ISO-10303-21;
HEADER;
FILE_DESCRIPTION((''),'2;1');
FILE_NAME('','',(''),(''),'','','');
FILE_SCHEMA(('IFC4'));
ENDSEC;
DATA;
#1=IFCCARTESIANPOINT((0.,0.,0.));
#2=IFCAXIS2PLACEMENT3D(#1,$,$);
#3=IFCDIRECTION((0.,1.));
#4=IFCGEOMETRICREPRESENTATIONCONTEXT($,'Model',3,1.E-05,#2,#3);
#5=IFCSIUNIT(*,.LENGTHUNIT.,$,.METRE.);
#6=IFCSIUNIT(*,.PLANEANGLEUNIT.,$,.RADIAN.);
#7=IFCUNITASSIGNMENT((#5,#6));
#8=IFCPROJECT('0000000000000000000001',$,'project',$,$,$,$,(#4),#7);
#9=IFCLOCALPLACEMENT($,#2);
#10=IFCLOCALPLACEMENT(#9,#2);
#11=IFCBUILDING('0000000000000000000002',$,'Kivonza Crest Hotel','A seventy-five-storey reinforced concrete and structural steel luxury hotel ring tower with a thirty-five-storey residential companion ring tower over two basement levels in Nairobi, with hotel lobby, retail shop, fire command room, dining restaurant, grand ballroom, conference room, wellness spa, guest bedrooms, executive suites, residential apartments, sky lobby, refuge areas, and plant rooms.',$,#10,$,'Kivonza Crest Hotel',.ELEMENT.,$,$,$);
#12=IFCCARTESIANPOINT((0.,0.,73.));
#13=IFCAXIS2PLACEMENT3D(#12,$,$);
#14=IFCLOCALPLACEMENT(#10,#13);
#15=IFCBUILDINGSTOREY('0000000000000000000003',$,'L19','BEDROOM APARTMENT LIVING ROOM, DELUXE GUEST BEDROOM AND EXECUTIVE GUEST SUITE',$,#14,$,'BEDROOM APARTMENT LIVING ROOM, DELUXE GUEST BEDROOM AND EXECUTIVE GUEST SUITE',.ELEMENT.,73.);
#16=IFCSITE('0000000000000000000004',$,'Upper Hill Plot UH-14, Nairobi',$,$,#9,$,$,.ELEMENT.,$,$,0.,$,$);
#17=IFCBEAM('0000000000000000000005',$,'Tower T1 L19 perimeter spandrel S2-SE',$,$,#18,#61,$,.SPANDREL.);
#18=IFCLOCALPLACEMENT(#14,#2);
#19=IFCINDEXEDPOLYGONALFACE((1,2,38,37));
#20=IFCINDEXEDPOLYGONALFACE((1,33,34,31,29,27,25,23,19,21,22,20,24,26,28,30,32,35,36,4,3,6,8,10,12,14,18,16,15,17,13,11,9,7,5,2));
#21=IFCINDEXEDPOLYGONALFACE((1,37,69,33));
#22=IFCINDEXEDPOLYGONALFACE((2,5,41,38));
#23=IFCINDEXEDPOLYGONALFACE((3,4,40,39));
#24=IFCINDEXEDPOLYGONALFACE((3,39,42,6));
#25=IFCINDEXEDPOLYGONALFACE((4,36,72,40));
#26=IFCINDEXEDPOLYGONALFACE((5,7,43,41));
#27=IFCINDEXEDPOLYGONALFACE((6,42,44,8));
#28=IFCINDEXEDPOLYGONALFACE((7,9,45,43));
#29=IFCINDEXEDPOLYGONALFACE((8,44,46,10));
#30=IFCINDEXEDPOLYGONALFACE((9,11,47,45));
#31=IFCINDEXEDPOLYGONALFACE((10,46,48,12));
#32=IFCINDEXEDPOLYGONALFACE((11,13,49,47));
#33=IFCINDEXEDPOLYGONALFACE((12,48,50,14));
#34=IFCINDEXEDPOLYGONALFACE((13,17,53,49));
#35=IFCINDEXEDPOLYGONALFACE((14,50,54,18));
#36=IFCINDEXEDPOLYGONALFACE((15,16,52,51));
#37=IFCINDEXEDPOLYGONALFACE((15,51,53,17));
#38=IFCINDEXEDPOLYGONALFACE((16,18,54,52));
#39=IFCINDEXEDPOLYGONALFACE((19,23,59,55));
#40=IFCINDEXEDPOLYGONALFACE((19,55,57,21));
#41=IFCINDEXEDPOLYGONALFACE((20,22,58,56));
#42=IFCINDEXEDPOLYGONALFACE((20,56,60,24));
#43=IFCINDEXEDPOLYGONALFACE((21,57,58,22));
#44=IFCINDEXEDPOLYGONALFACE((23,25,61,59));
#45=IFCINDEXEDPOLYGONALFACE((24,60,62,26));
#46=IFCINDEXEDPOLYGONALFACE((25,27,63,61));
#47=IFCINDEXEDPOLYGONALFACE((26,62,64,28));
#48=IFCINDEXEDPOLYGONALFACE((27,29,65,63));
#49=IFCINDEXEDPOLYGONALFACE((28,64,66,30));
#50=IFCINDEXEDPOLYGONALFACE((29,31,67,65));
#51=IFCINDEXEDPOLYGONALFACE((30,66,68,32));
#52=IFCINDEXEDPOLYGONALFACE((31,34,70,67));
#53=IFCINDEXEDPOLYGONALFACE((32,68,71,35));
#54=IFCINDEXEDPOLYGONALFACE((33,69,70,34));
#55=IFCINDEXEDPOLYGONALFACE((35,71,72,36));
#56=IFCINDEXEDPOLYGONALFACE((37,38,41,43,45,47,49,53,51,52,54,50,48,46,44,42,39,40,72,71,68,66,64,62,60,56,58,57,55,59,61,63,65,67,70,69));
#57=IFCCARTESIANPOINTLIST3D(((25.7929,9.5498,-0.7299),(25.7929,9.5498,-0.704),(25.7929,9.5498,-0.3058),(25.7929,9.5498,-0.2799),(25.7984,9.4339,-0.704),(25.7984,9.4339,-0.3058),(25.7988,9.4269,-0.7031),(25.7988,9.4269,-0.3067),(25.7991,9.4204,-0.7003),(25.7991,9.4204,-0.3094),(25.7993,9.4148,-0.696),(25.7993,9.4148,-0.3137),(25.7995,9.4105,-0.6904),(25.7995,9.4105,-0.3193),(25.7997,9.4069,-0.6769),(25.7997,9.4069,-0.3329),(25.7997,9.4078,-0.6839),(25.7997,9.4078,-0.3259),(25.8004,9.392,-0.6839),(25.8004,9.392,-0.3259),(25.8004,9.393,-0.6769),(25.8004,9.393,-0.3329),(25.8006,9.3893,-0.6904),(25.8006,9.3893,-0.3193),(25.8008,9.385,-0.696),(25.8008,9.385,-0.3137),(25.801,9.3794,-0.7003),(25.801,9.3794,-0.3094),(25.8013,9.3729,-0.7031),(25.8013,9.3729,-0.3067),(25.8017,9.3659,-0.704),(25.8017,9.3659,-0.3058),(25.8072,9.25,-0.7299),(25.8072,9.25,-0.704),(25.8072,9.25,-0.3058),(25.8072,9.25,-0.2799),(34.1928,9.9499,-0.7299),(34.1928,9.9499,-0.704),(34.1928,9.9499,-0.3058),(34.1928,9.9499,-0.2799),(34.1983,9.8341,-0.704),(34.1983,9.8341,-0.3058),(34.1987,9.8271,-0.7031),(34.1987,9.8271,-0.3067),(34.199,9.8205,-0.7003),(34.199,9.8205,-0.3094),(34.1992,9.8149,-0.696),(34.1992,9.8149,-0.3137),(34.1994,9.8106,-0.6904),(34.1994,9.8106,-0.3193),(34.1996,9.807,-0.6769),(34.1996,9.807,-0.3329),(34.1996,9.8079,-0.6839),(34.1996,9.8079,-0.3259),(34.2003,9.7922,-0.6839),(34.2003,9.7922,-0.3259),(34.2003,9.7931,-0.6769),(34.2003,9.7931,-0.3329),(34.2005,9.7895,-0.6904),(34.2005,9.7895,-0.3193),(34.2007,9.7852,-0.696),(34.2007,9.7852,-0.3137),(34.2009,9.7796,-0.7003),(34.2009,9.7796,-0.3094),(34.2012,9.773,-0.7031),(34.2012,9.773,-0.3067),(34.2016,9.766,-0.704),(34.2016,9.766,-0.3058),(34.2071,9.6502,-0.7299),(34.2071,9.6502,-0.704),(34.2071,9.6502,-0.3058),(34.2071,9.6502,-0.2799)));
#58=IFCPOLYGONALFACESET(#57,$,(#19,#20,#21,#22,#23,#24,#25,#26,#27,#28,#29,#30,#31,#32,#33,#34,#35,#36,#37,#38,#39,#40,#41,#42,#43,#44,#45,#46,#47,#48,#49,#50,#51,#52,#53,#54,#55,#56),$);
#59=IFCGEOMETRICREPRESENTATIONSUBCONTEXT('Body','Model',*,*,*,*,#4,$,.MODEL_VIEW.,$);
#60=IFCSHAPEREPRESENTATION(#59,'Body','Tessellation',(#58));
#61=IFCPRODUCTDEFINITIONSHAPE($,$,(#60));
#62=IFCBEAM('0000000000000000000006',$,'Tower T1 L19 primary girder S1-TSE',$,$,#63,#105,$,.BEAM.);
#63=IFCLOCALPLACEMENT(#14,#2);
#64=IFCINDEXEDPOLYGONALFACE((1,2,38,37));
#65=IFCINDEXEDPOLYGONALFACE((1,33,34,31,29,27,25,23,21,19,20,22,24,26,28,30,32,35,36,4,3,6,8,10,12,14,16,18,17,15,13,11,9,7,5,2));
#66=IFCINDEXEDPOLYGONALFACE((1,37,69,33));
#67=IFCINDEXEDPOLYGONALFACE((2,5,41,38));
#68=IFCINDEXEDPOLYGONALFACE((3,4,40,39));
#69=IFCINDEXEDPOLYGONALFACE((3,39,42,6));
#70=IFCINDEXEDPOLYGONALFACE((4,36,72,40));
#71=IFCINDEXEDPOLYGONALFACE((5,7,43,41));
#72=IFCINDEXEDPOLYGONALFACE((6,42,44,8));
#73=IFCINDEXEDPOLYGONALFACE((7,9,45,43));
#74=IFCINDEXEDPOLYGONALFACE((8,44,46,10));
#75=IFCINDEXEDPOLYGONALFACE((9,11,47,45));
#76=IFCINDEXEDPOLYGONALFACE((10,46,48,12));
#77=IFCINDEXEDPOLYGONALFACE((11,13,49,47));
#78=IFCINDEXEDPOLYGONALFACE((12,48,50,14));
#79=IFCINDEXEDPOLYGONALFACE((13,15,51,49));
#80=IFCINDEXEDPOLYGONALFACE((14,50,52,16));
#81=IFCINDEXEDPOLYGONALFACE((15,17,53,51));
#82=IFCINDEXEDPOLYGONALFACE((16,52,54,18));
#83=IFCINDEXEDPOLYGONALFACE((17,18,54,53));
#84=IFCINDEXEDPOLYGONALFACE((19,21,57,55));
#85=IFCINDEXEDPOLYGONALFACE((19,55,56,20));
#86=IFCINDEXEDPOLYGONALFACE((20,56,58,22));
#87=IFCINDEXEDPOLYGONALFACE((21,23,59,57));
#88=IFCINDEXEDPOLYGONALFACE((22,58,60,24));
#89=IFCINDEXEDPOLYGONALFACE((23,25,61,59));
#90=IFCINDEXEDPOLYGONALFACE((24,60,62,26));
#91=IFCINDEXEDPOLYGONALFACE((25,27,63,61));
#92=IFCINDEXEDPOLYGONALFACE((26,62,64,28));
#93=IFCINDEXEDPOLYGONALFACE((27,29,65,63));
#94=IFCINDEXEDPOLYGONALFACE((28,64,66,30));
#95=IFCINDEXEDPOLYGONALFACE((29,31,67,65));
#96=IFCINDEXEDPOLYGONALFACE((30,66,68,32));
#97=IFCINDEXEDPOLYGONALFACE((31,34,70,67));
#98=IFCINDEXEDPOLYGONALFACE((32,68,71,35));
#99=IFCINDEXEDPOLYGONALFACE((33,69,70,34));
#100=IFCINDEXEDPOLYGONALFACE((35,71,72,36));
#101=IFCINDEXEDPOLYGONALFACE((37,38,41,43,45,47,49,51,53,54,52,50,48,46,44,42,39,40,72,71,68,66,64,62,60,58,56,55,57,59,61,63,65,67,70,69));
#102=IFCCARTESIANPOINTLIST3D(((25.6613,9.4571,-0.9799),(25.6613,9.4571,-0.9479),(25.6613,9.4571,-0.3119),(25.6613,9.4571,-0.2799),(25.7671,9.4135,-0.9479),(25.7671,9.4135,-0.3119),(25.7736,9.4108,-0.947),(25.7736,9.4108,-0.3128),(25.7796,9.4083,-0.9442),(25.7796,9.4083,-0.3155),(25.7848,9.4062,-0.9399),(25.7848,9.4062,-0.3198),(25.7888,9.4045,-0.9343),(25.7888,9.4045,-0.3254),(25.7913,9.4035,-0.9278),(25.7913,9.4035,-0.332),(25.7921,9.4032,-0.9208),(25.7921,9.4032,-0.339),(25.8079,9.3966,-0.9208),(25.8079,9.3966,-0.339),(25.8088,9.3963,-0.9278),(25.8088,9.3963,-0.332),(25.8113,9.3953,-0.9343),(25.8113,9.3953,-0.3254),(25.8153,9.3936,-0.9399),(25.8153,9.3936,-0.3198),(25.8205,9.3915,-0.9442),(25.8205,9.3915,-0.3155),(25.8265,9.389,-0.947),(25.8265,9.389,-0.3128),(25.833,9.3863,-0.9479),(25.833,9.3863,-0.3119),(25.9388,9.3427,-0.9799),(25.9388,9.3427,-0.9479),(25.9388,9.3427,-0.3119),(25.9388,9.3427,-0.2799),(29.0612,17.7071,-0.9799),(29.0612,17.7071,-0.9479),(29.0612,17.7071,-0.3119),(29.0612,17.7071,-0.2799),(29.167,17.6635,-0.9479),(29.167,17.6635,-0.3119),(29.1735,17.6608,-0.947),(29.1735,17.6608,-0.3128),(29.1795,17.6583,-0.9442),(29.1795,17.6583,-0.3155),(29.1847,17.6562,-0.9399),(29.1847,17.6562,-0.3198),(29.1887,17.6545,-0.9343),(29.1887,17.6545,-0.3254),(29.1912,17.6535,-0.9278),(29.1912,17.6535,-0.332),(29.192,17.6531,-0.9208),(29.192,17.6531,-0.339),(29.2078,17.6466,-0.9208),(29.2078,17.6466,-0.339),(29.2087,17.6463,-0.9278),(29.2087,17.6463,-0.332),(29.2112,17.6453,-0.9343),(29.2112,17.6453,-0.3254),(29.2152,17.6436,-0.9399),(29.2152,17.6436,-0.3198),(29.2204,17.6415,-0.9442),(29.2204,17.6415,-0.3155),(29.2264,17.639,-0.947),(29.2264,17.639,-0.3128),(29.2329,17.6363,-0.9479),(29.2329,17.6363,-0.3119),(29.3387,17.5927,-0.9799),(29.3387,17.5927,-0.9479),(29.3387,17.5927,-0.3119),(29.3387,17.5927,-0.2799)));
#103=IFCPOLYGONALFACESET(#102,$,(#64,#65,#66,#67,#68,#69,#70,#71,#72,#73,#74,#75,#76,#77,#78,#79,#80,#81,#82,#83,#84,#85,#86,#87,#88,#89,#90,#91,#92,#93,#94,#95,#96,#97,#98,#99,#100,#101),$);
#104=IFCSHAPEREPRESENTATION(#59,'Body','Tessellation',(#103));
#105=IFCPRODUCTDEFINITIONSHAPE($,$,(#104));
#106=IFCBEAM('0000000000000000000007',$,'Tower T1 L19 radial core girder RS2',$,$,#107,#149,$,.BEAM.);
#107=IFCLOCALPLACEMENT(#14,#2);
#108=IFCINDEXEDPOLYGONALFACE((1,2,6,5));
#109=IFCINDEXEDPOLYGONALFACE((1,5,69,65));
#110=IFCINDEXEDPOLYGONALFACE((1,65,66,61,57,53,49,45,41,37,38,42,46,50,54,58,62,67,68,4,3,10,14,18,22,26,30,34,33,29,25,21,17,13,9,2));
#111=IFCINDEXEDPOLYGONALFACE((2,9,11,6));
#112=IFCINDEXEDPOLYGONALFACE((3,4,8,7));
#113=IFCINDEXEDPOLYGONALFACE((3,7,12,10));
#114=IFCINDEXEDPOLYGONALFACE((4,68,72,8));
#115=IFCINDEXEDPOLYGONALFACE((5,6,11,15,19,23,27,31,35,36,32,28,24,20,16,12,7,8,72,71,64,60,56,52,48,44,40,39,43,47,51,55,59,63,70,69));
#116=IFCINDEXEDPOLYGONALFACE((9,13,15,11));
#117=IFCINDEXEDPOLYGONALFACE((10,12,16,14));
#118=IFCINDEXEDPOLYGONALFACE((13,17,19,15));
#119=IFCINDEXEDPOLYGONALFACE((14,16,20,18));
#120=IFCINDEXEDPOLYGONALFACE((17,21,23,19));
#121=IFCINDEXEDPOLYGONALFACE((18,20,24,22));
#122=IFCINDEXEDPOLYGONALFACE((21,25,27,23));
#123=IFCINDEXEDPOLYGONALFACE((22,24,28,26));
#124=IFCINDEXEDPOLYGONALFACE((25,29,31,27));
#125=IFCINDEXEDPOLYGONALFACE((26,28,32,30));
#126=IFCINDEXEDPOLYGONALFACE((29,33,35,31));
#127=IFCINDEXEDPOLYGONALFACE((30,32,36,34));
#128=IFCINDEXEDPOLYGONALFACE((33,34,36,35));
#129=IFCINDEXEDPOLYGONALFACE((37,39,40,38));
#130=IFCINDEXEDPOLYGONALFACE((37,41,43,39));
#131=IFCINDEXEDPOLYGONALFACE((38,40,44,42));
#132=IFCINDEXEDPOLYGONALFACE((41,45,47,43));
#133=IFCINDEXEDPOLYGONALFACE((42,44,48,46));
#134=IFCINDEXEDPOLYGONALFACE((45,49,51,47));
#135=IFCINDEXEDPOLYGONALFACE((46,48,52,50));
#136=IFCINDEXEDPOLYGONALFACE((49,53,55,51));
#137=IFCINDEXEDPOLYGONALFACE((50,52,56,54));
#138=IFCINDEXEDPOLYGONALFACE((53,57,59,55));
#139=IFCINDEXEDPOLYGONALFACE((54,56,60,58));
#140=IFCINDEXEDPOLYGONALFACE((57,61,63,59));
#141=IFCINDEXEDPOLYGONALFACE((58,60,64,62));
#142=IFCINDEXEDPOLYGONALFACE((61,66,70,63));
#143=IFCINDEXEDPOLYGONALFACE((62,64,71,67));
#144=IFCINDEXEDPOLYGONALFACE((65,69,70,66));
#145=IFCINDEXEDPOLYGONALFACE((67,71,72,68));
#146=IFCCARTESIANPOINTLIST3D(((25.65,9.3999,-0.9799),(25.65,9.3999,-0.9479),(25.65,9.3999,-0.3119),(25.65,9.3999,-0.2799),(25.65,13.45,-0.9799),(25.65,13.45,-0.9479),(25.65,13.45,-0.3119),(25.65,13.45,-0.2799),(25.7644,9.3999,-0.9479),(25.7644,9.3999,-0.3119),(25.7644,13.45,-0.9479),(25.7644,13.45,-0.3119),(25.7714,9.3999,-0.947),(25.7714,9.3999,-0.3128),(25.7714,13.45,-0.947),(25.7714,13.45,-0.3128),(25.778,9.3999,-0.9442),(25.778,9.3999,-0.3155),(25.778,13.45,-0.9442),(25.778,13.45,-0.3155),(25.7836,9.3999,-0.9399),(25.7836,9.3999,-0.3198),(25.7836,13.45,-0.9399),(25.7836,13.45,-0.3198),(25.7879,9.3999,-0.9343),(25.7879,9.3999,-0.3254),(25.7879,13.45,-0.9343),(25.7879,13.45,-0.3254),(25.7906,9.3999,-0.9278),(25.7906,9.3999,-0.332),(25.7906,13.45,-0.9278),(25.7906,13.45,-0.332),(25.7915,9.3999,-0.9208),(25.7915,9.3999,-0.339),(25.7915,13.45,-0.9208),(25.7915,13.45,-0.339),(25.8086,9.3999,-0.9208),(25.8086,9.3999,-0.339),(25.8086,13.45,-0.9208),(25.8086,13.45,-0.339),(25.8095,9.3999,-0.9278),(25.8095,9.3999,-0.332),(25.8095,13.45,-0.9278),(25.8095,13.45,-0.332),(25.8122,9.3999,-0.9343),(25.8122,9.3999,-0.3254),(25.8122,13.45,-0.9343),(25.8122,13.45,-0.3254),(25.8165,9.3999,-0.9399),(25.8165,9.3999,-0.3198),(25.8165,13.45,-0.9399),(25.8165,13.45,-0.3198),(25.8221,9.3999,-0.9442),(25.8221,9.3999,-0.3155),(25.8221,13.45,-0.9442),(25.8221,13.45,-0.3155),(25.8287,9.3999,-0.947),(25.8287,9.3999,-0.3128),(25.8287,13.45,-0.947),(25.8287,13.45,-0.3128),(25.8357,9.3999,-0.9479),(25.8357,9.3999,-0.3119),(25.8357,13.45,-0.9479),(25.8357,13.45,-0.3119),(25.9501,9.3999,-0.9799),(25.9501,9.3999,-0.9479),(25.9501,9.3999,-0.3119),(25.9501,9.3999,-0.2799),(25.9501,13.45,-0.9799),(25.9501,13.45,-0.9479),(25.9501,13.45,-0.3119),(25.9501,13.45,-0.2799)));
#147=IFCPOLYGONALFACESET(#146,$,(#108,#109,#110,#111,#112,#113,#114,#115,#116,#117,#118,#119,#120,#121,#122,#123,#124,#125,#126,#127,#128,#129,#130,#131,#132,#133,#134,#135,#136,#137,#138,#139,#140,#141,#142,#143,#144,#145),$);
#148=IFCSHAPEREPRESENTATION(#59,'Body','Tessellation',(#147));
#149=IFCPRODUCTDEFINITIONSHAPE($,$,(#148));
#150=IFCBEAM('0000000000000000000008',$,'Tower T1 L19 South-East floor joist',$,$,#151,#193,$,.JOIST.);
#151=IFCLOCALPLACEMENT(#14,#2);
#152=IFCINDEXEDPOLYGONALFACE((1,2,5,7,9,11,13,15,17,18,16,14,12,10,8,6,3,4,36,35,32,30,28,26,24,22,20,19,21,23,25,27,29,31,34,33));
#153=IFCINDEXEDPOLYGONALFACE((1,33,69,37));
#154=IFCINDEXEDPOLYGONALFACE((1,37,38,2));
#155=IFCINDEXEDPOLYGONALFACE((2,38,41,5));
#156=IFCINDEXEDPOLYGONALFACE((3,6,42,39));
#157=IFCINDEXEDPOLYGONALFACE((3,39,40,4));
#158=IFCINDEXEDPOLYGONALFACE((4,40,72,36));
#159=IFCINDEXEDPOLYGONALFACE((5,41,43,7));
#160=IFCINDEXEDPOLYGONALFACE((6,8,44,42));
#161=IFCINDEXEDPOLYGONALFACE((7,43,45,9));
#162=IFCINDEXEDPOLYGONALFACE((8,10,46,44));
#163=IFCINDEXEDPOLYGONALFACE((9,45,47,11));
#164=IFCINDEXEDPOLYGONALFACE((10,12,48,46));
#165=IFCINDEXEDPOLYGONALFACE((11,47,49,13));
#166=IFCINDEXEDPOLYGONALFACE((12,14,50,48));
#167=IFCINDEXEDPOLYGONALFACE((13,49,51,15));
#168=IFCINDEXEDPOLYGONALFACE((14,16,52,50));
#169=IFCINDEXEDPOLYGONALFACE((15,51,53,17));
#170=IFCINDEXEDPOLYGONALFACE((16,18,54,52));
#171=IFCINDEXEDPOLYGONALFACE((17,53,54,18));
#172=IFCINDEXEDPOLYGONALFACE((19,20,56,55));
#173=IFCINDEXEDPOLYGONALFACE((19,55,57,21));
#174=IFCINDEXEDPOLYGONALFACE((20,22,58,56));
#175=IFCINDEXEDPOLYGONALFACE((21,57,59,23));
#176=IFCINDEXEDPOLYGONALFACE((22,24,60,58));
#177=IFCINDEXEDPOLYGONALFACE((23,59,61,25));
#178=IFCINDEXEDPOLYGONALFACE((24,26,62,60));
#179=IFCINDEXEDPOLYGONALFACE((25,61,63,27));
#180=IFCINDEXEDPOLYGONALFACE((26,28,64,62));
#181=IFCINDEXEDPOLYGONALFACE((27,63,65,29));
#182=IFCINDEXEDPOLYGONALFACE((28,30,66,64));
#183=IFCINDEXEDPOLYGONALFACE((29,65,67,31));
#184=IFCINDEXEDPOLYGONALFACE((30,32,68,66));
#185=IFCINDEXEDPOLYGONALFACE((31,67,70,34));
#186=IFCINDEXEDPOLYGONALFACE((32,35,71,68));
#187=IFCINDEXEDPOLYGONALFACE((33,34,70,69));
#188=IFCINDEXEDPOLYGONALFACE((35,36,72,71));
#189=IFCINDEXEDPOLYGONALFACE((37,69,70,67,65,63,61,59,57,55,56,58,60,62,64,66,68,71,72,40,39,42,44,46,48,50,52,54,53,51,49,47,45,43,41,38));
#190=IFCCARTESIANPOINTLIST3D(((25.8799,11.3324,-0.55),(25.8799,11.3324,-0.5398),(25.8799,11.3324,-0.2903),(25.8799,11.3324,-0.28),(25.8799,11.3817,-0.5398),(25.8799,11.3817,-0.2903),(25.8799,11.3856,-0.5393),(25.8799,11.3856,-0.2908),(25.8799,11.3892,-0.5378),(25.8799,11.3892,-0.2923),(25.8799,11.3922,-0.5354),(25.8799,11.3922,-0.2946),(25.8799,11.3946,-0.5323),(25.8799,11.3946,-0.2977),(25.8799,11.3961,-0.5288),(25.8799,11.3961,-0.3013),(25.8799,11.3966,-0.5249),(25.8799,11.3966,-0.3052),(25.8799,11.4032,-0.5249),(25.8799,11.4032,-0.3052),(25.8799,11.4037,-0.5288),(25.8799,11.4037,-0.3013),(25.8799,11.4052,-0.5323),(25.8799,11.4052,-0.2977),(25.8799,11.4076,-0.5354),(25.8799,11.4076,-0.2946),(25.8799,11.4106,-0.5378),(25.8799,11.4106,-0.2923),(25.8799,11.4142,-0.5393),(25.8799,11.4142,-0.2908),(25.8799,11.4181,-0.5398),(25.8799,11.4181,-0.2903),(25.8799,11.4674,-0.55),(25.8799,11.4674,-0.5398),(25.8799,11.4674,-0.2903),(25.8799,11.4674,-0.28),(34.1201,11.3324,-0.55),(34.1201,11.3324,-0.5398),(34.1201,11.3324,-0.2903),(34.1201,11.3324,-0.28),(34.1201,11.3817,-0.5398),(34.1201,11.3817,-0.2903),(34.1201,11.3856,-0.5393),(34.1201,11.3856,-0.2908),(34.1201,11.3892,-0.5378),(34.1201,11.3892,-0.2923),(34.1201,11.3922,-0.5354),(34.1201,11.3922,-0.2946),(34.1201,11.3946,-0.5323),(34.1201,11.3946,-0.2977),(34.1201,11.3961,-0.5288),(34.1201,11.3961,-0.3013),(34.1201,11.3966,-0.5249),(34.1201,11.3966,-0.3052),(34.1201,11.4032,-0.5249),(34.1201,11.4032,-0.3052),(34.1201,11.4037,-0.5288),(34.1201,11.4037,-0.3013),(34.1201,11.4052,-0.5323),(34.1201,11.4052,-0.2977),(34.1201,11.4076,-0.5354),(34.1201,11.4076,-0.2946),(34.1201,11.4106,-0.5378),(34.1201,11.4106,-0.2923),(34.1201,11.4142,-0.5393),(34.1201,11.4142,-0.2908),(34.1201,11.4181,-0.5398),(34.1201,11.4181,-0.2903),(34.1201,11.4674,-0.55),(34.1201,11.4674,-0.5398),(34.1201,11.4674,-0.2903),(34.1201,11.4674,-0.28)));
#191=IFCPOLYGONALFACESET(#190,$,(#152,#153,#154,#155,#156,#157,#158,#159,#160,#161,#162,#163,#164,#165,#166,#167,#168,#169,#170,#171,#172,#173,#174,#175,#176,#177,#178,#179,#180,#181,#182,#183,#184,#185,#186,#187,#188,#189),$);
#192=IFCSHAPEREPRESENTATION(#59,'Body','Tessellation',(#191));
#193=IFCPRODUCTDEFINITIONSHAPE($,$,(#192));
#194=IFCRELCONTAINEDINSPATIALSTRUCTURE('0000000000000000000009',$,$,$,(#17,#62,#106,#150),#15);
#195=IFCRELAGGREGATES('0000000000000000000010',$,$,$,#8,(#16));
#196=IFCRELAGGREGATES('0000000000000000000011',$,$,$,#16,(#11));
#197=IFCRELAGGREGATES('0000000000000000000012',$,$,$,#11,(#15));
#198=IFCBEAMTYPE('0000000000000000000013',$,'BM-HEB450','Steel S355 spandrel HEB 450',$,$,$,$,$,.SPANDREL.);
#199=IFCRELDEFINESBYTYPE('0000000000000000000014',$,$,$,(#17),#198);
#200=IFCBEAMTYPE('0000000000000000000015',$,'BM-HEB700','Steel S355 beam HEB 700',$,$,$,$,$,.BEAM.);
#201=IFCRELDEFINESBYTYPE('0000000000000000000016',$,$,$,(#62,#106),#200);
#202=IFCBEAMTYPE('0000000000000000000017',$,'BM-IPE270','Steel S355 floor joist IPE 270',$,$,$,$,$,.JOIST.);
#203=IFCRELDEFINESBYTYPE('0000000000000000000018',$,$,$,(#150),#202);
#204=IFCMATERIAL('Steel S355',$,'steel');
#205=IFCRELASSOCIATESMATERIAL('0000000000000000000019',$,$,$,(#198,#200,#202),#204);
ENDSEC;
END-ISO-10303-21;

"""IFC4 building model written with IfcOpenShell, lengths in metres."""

from ifc_helpers import new_model, si_unit, direction, frame, origin, origin_2d, place, context, subcontext, project, spatial, i_section, extrude, material, material_profile, profile_set, type_object, element, save


model = new_model("IFC4")

# Units and contexts
model_context = context("Model", 3, precision=1e-05, world=origin(), true_north=direction((0.0, 1.0)))
body_context = subcontext(model_context, "Body", "Model", "MODEL_VIEW")
ifc_project = project(units=[si_unit("LENGTHUNIT", "METRE"), si_unit("PLANEANGLEUNIT", "RADIAN")], contexts=[model_context])

# Site, building, storey
site_placement = place(None, origin())
site = spatial("IfcSite", under=ifc_project, at=site_placement, Name="Upper Hill Plot UH-14, Nairobi", CompositionType="ELEMENT", RefElevation=0.0)
building_placement = place(site_placement, origin())
building = spatial("IfcBuilding", under=site, at=building_placement, Name="Kivonza Crest Hotel", Description="A seventy-five-storey reinforced concrete and structural steel luxury hotel ring tower with a thirty-five-storey residential companion ring tower over two basement levels in Nairobi, with hotel lobby, retail shop, fire command room, dining restaurant, grand ballroom, conference room, wellness spa, guest bedrooms, executive suites, residential apartments, sky lobby, refuge areas, and plant rooms.", LongName="Kivonza Crest Hotel", CompositionType="ELEMENT")
storey_placement = place(building_placement, frame((0.0, 0.0, 73.0)))
storey = spatial("IfcBuildingStorey", under=building, at=storey_placement, Name="L19", Description="BEDROOM APARTMENT LIVING ROOM, DELUXE GUEST BEDROOM AND EXECUTIVE GUEST SUITE", LongName="BEDROOM APARTMENT LIVING ROOM, DELUXE GUEST BEDROOM AND EXECUTIVE GUEST SUITE", CompositionType="ELEMENT", Elevation=73.0)

# Beams
ifc_material_1 = material(Name="Steel S355", Category="steel")
ifc_material_profile_1 = material_profile(ifc_material_1, i_section(OverallWidth=0.3, OverallDepth=0.45, WebThickness=0.0139, FlangeThickness=0.0259, FilletRadius=0.0271, at=origin_2d()), Name="HEB 450")
ifc_profile_set_1 = profile_set([ifc_material_profile_1], Name="Steel S355")
beam_type_1 = type_object("IfcBeamType", Name="BM-HEB450", Description="Steel S355 spandrel HEB 450", PredefinedType="SPANDREL", material=ifc_profile_set_1)
beam_1_placement = place(storey_placement, frame((25.8, 9.3999, -0.5049), z_axis=(0.998867, 0.047583, 0.0), x_axis=(-0.047583, 0.998867, 0.0)))
element("IfcBeam", 1, at=beam_1_placement, inside=storey, type_object=beam_type_1, Name="Tower T1 L19 perimeter spandrel S2-SE", PredefinedType="SPANDREL", context=body_context, shape_type="SweptSolid", body=[
    extrude(i_section(OverallWidth=0.3, OverallDepth=0.45, WebThickness=0.0139, FlangeThickness=0.0259, FilletRadius=0.0271, at=origin_2d()), origin(), (0.0, 0.0, 1.0), 8.4094),
])
ifc_material_profile_2 = material_profile(ifc_material_1, i_section(OverallWidth=0.3, OverallDepth=0.7, WebThickness=0.0171, FlangeThickness=0.032, FilletRadius=0.0271, at=origin_2d()), Name="HEB 700")
ifc_profile_set_2 = profile_set([ifc_material_profile_2], Name="Steel S355")
beam_type_2 = type_object("IfcBeamType", Name="BM-HEB700", Description="Steel S355 beam HEB 700", PredefinedType="BEAM", material=ifc_profile_set_2)
beam_2_placement = place(storey_placement, frame((25.8, 9.3999, -0.6299), z_axis=(0.381022, 0.924566, 0.0), x_axis=(-0.924566, 0.381022, 0.0)))
element("IfcBeam", 2, at=beam_2_placement, inside=storey, type_object=beam_type_2, Name="Tower T1 L19 primary girder S1-TSE", PredefinedType="BEAM", context=body_context, shape_type="SweptSolid", body=[
    extrude(i_section(OverallWidth=0.3, OverallDepth=0.7, WebThickness=0.0171, FlangeThickness=0.032, FilletRadius=0.0271, at=origin_2d()), origin(), (0.0, 0.0, 1.0), 8.9231),
])
beam_3_placement = place(storey_placement, frame((25.8, 9.3999, -0.6299), z_axis=(0.0, 1.0, 0.0), x_axis=(-1.0, 0.0, 0.0)))
element("IfcBeam", 3, at=beam_3_placement, inside=storey, type_object=beam_type_2, Name="Tower T1 L19 radial core girder RS2", PredefinedType="BEAM", context=body_context, shape_type="SweptSolid", body=[
    extrude(i_section(OverallWidth=0.3, OverallDepth=0.7, WebThickness=0.0171, FlangeThickness=0.032, FilletRadius=0.0271, at=origin_2d()), origin(), (0.0, 0.0, 1.0), 4.05),
])
ifc_material_profile_3 = material_profile(ifc_material_1, i_section(OverallWidth=0.135, OverallDepth=0.27, WebThickness=0.0066, FlangeThickness=0.0103, FilletRadius=0.0149, at=origin_2d()), Name="IPE 270")
ifc_profile_set_3 = profile_set([ifc_material_profile_3], Name="Steel S355")
beam_type_3 = type_object("IfcBeamType", Name="BM-IPE270", Description="Steel S355 floor joist IPE 270", PredefinedType="JOIST", material=ifc_profile_set_3)
beam_4_placement = place(storey_placement, frame((25.8799, 11.3999, -0.415), z_axis=(1.0, 0.0, 0.0), x_axis=(0.0, 1.0, 0.0)))
element("IfcBeam", 4, at=beam_4_placement, inside=storey, type_object=beam_type_3, Name="Tower T1 L19 South-East floor joist", PredefinedType="JOIST", context=body_context, shape_type="SweptSolid", body=[
    extrude(i_section(OverallWidth=0.135, OverallDepth=0.27, WebThickness=0.0066, FlangeThickness=0.0103, FilletRadius=0.0149, at=origin_2d()), origin(), (0.0, 0.0, 1.0), 8.2402),
])

save(model, "model.ifc")
